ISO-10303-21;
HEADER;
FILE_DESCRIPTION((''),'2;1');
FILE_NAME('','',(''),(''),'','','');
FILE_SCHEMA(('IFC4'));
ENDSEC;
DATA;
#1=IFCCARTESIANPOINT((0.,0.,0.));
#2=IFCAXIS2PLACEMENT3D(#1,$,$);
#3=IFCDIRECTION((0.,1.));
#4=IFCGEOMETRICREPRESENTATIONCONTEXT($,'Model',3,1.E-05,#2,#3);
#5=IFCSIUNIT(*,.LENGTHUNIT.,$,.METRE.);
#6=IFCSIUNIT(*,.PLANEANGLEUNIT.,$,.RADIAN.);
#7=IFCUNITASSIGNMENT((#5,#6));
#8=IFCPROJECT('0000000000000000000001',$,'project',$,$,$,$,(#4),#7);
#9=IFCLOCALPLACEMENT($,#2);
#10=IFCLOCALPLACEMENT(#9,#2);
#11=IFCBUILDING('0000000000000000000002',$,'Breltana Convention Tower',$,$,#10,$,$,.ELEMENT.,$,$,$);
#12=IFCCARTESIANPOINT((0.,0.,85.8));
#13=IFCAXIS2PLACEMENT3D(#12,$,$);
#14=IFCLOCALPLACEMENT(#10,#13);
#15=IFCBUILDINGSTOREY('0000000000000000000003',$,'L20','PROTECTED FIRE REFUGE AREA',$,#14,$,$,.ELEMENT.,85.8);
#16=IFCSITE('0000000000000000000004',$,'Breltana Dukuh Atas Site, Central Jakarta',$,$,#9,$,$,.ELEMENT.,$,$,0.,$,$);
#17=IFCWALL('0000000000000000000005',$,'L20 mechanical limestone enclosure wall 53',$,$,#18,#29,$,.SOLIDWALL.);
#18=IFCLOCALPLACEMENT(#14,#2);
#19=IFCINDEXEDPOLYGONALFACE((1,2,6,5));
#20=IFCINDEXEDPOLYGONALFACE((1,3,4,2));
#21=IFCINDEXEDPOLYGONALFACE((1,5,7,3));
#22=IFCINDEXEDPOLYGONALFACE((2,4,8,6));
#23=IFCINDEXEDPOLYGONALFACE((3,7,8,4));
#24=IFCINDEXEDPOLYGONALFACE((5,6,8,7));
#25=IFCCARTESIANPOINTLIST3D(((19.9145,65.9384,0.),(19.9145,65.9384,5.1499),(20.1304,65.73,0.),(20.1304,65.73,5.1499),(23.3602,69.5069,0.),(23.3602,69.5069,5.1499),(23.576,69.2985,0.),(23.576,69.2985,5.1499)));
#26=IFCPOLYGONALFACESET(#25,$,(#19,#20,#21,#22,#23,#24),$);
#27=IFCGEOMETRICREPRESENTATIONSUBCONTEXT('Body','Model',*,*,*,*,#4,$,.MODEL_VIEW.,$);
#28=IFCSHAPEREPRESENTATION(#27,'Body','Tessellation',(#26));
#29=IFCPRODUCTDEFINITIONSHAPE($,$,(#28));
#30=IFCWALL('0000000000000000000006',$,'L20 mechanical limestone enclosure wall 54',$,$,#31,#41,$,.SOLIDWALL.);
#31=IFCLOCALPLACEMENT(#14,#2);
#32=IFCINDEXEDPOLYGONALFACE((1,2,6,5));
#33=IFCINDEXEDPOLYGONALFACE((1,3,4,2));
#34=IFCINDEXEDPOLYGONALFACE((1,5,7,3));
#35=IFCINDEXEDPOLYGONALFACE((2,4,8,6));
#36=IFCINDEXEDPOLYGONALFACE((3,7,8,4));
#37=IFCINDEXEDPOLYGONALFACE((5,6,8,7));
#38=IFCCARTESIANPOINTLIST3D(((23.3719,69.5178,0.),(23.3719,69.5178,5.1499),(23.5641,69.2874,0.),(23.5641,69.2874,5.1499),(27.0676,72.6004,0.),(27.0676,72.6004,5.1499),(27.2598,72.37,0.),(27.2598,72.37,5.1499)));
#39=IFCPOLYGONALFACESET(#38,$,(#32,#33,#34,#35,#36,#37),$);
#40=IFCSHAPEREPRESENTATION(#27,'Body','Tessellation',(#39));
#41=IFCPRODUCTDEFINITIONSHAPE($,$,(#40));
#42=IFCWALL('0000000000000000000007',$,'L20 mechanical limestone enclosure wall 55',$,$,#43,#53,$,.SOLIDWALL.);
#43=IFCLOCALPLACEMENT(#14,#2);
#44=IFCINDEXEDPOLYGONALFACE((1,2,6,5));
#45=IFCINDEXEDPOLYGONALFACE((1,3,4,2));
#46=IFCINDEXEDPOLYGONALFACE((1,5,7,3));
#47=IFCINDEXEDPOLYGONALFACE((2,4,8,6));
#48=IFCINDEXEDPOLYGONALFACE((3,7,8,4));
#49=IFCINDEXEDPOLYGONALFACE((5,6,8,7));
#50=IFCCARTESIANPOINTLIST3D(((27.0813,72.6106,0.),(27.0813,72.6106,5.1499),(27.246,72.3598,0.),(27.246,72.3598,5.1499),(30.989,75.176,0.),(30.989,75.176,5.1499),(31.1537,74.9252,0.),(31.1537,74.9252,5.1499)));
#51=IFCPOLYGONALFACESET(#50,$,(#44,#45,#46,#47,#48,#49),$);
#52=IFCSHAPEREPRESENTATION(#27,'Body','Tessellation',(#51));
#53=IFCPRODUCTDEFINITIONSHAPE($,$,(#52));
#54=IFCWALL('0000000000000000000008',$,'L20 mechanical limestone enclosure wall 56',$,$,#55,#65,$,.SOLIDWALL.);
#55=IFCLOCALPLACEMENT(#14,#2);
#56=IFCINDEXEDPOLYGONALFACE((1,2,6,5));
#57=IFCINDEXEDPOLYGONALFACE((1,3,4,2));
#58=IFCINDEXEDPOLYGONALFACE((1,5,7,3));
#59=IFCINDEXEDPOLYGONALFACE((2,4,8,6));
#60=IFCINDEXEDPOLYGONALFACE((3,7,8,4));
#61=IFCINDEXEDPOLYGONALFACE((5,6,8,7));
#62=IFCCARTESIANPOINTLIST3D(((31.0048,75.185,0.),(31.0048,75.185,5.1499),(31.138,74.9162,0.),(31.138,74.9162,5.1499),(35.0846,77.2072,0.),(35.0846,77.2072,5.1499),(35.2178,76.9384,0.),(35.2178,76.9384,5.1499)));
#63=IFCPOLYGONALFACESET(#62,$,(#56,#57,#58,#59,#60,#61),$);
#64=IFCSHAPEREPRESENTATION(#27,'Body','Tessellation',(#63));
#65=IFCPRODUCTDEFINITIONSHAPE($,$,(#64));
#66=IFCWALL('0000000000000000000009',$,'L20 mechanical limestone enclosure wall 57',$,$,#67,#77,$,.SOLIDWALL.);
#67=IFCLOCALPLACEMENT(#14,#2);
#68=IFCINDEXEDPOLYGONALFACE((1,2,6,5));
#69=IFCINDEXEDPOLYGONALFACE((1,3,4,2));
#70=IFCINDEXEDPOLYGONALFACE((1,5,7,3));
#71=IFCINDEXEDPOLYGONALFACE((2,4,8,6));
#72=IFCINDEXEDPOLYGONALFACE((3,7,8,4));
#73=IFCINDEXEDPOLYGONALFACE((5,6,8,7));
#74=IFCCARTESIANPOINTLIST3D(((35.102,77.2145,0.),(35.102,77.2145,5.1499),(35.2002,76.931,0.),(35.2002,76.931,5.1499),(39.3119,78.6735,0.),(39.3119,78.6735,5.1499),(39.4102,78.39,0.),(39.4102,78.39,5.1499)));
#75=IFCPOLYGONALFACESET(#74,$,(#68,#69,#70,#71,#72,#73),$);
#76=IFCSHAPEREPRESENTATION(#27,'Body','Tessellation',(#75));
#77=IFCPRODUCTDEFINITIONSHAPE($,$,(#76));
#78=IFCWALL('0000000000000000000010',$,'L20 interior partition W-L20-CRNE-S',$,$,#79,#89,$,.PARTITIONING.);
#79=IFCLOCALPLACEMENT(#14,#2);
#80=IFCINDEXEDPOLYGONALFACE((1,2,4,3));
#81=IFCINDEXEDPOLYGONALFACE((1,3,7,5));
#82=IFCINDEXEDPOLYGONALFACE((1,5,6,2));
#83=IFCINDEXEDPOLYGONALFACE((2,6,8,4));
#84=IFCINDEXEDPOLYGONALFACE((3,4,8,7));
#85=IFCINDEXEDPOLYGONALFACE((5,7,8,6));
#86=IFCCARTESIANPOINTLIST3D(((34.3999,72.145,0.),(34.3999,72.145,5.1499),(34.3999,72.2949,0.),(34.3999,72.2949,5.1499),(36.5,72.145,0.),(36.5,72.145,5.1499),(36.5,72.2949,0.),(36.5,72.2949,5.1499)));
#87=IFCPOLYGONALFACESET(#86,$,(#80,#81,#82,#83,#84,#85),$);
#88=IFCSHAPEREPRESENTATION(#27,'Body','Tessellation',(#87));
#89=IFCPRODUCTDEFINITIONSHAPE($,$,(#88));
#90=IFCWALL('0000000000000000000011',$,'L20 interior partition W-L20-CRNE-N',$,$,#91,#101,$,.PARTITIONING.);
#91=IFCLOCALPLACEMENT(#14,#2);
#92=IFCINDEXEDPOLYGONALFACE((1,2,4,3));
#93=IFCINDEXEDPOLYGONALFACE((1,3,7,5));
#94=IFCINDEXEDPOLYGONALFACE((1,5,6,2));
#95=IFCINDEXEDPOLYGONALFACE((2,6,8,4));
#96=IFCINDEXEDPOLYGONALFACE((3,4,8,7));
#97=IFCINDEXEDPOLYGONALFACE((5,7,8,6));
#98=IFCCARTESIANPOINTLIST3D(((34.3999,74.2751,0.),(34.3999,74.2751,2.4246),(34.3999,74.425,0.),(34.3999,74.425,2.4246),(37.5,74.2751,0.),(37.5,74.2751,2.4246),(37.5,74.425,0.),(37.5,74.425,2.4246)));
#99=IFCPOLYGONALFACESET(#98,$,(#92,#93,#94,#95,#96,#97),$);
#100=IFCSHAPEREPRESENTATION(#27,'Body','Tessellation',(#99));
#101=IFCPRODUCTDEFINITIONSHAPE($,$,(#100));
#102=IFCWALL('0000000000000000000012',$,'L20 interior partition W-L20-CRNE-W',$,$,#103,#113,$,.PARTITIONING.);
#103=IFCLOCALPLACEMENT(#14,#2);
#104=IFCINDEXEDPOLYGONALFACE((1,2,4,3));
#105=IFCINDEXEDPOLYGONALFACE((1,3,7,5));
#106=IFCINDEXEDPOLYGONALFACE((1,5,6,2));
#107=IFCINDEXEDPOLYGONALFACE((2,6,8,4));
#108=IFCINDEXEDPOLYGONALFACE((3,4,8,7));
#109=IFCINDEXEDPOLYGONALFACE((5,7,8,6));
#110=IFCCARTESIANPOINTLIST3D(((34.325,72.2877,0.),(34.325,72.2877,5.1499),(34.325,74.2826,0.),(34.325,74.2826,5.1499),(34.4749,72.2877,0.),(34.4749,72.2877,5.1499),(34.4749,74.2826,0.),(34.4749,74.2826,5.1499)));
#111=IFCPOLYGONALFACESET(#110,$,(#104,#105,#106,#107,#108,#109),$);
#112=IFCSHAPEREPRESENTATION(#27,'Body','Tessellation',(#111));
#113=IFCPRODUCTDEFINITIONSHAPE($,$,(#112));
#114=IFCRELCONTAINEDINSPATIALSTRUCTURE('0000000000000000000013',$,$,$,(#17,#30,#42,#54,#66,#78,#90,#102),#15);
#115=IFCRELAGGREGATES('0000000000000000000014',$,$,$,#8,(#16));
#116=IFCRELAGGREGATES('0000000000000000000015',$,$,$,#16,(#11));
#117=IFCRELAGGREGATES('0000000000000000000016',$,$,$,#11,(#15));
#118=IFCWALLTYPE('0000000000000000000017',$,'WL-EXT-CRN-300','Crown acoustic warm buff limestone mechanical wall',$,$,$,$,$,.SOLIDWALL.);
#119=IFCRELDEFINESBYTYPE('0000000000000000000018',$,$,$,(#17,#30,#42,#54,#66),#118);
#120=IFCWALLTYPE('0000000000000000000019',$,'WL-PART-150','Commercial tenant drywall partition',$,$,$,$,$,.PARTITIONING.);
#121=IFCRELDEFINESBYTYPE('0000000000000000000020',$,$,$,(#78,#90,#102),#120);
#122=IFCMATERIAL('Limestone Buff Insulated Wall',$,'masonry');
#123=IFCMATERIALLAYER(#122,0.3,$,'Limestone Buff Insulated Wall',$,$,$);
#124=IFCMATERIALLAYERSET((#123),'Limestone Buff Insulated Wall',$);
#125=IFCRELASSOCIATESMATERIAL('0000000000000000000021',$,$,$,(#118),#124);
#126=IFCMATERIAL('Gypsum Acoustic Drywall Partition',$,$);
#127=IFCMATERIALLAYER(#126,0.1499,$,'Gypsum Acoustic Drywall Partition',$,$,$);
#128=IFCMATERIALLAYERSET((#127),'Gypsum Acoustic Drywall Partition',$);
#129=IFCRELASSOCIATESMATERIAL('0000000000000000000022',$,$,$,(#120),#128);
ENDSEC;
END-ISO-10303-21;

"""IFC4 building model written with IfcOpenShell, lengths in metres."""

from ifc_helpers import new_model, si_unit, direction, frame, frame_2d, origin, place, context, subcontext, project, spatial, rectangle, extrude, source, transform, mapped, material, layer, layer_set, type_object, element, save


model = new_model("IFC4")

# Units and contexts
model_context = context("Model", 3, precision=1e-05, world=origin(), true_north=direction((0.0, 1.0)))
body_context = subcontext(model_context, "Body", "Model", "MODEL_VIEW")
ifc_project = project(units=[si_unit("LENGTHUNIT", "METRE"), si_unit("PLANEANGLEUNIT", "RADIAN")], contexts=[model_context])

# Site, building, storey
site_placement = place(None, origin())
site = spatial("IfcSite", under=ifc_project, at=site_placement, Name="Breltana Dukuh Atas Site, Central Jakarta", CompositionType="ELEMENT", RefElevation=0.0)
building_placement = place(site_placement, origin())
building = spatial("IfcBuilding", under=site, at=building_placement, Name="Breltana Convention Tower", CompositionType="ELEMENT")
storey_placement = place(building_placement, frame((0.0, 0.0, 85.8)))
storey = spatial("IfcBuildingStorey", under=building, at=storey_placement, Name="L20", Description="PROTECTED FIRE REFUGE AREA", CompositionType="ELEMENT", Elevation=85.8)

# Walls
ifc_material_1 = material(Name="Limestone Buff Insulated Wall", Category="masonry")
ifc_layer_1 = layer(ifc_material_1, 0.3, Name="Limestone Buff Insulated Wall")
ifc_layer_set_1 = layer_set([ifc_layer_1], Name="Limestone Buff Insulated Wall")
wall_type_1 = type_object("IfcWallType", Name="WL-EXT-CRN-300", Description="Crown acoustic warm buff limestone mechanical wall", PredefinedType="SOLIDWALL", material=ifc_layer_set_1)
shared_shape_1 = source(origin(), body_context, "Body", "SweptSolid", [
    extrude(rectangle(XDim=4.9604, YDim=0.3, at=frame_2d((2.4802, 0.0))), origin(), (0.0, 0.0, 1.0), 5.1499),
])
wall_1_placement = place(storey_placement, frame((20.0225, 65.8342, 0.0), z_axis=(0.0, 0.0, 1.0), x_axis=(0.69462, 0.719377, 0.0)))
element("IfcWall", 1, at=wall_1_placement, inside=storey, type_object=wall_type_1, Name="L20 mechanical limestone enclosure wall 53", PredefinedType="SOLIDWALL", context=body_context, shape_type="MappedRepresentation", body=[
    mapped(shared_shape_1, transform((0.0, 0.0, 0.0), scale=1.0)),
])
shared_shape_2 = source(origin(), body_context, "Body", "SweptSolid", [
    extrude(rectangle(XDim=4.8125, YDim=0.3, at=frame_2d((2.4062, 0.0))), origin(), (0.0, 0.0, 1.0), 5.1499),
])
wall_2_placement = place(storey_placement, frame((23.468, 69.4026, 0.0), z_axis=(0.0, 0.0, 1.0), x_axis=(0.767926, 0.640539, 0.0)))
element("IfcWall", 2, at=wall_2_placement, inside=storey, type_object=wall_type_1, Name="L20 mechanical limestone enclosure wall 54", PredefinedType="SOLIDWALL", context=body_context, shape_type="MappedRepresentation", body=[
    mapped(shared_shape_2, transform((0.0, 0.0, 0.0), scale=1.0)),
])
shared_shape_3 = source(origin(), body_context, "Body", "SweptSolid", [
    extrude(rectangle(XDim=4.6746, YDim=0.3, at=frame_2d((2.3374, 0.0))), origin(), (0.0, 0.0, 1.0), 5.1499),
])
wall_3_placement = place(storey_placement, frame((27.1636, 72.4851, 0.0), z_axis=(0.0, 0.0, 1.0), x_axis=(0.835951, 0.548805, 0.0)))
element("IfcWall", 3, at=wall_3_placement, inside=storey, type_object=wall_type_1, Name="L20 mechanical limestone enclosure wall 55", PredefinedType="SOLIDWALL", context=body_context, shape_type="MappedRepresentation", body=[
    mapped(shared_shape_3, transform((0.0, 0.0, 0.0), scale=1.0)),
])
shared_shape_4 = source(origin(), body_context, "Body", "SweptSolid", [
    extrude(rectangle(XDim=4.5535, YDim=0.3, at=frame_2d((2.2769, 0.0))), origin(), (0.0, 0.0, 1.0), 5.1499),
])
wall_4_placement = place(storey_placement, frame((31.0713, 75.0505, 0.0), z_axis=(0.0, 0.0, 1.0), x_axis=(0.895977, 0.444101, 0.0)))
element("IfcWall", 4, at=wall_4_placement, inside=storey, type_object=wall_type_1, Name="L20 mechanical limestone enclosure wall 56", PredefinedType="SOLIDWALL", context=body_context, shape_type="MappedRepresentation", body=[
    mapped(shared_shape_4, transform((0.0, 0.0, 0.0), scale=1.0)),
])
shared_shape_5 = source(origin(), body_context, "Body", "SweptSolid", [
    extrude(rectangle(XDim=4.4556, YDim=0.3, at=frame_2d((2.2278, 0.0))), origin(), (0.0, 0.0, 1.0), 5.1499),
])
wall_5_placement = place(storey_placement, frame((35.1511, 77.0728, 0.0), z_axis=(0.0, 0.0, 1.0), x_axis=(0.944869, 0.327449, 0.0)))
element("IfcWall", 5, at=wall_5_placement, inside=storey, type_object=wall_type_1, Name="L20 mechanical limestone enclosure wall 57", PredefinedType="SOLIDWALL", context=body_context, shape_type="MappedRepresentation", body=[
    mapped(shared_shape_5, transform((0.0, 0.0, 0.0), scale=1.0)),
])
ifc_material_2 = material(Name="Gypsum Acoustic Drywall Partition")
ifc_layer_2 = layer(ifc_material_2, 0.1499, Name="Gypsum Acoustic Drywall Partition")
ifc_layer_set_2 = layer_set([ifc_layer_2], Name="Gypsum Acoustic Drywall Partition")
wall_type_2 = type_object("IfcWallType", Name="WL-PART-150", Description="Commercial tenant drywall partition", PredefinedType="PARTITIONING", material=ifc_layer_set_2)
shared_shape_6 = source(origin(), body_context, "Body", "SweptSolid", [
    extrude(rectangle(XDim=2.1001, YDim=0.1499, at=frame_2d((1.05, 0.0))), origin(), (0.0, 0.0, 1.0), 5.1499),
])
wall_6_placement = place(storey_placement, frame((34.3999, 72.22, 0.0), z_axis=(0.0, 0.0, 1.0), x_axis=(1.0, 0.0, 0.0)))
element("IfcWall", 6, at=wall_6_placement, inside=storey, type_object=wall_type_2, Name="L20 interior partition W-L20-CRNE-S", PredefinedType="PARTITIONING", context=body_context, shape_type="MappedRepresentation", body=[
    mapped(shared_shape_6, transform((0.0, 0.0, 0.0), scale=1.0)),
])
shared_shape_7 = source(origin(), body_context, "Body", "SweptSolid", [
    extrude(rectangle(XDim=3.1001, YDim=0.1499, at=frame_2d((1.55, 0.0))), origin(), (0.0, 0.0, 1.0), 2.4246),
])
wall_7_placement = place(storey_placement, frame((34.3999, 74.3501, 0.0), z_axis=(0.0, 0.0, 1.0), x_axis=(1.0, 0.0, 0.0)))
element("IfcWall", 7, at=wall_7_placement, inside=storey, type_object=wall_type_2, Name="L20 interior partition W-L20-CRNE-N", PredefinedType="PARTITIONING", context=body_context, shape_type="MappedRepresentation", body=[
    mapped(shared_shape_7, transform((0.0, 0.0, 0.0), scale=1.0)),
])
shared_shape_8 = source(origin(), body_context, "Body", "SweptSolid", [
    extrude(rectangle(XDim=1.9949, YDim=0.1499, at=frame_2d((0.9976, 0.0))), origin(), (0.0, 0.0, 1.0), 5.1499),
])
wall_8_placement = place(storey_placement, frame((34.3999, 72.2876, 0.0), z_axis=(0.0, 0.0, 1.0), x_axis=(0.0, 1.0, 0.0)))
element("IfcWall", 8, at=wall_8_placement, inside=storey, type_object=wall_type_2, Name="L20 interior partition W-L20-CRNE-W", PredefinedType="PARTITIONING", context=body_context, shape_type="MappedRepresentation", body=[
    mapped(shared_shape_8, transform((0.0, 0.0, 0.0), scale=1.0)),
])

save(model, "model.ifc")
